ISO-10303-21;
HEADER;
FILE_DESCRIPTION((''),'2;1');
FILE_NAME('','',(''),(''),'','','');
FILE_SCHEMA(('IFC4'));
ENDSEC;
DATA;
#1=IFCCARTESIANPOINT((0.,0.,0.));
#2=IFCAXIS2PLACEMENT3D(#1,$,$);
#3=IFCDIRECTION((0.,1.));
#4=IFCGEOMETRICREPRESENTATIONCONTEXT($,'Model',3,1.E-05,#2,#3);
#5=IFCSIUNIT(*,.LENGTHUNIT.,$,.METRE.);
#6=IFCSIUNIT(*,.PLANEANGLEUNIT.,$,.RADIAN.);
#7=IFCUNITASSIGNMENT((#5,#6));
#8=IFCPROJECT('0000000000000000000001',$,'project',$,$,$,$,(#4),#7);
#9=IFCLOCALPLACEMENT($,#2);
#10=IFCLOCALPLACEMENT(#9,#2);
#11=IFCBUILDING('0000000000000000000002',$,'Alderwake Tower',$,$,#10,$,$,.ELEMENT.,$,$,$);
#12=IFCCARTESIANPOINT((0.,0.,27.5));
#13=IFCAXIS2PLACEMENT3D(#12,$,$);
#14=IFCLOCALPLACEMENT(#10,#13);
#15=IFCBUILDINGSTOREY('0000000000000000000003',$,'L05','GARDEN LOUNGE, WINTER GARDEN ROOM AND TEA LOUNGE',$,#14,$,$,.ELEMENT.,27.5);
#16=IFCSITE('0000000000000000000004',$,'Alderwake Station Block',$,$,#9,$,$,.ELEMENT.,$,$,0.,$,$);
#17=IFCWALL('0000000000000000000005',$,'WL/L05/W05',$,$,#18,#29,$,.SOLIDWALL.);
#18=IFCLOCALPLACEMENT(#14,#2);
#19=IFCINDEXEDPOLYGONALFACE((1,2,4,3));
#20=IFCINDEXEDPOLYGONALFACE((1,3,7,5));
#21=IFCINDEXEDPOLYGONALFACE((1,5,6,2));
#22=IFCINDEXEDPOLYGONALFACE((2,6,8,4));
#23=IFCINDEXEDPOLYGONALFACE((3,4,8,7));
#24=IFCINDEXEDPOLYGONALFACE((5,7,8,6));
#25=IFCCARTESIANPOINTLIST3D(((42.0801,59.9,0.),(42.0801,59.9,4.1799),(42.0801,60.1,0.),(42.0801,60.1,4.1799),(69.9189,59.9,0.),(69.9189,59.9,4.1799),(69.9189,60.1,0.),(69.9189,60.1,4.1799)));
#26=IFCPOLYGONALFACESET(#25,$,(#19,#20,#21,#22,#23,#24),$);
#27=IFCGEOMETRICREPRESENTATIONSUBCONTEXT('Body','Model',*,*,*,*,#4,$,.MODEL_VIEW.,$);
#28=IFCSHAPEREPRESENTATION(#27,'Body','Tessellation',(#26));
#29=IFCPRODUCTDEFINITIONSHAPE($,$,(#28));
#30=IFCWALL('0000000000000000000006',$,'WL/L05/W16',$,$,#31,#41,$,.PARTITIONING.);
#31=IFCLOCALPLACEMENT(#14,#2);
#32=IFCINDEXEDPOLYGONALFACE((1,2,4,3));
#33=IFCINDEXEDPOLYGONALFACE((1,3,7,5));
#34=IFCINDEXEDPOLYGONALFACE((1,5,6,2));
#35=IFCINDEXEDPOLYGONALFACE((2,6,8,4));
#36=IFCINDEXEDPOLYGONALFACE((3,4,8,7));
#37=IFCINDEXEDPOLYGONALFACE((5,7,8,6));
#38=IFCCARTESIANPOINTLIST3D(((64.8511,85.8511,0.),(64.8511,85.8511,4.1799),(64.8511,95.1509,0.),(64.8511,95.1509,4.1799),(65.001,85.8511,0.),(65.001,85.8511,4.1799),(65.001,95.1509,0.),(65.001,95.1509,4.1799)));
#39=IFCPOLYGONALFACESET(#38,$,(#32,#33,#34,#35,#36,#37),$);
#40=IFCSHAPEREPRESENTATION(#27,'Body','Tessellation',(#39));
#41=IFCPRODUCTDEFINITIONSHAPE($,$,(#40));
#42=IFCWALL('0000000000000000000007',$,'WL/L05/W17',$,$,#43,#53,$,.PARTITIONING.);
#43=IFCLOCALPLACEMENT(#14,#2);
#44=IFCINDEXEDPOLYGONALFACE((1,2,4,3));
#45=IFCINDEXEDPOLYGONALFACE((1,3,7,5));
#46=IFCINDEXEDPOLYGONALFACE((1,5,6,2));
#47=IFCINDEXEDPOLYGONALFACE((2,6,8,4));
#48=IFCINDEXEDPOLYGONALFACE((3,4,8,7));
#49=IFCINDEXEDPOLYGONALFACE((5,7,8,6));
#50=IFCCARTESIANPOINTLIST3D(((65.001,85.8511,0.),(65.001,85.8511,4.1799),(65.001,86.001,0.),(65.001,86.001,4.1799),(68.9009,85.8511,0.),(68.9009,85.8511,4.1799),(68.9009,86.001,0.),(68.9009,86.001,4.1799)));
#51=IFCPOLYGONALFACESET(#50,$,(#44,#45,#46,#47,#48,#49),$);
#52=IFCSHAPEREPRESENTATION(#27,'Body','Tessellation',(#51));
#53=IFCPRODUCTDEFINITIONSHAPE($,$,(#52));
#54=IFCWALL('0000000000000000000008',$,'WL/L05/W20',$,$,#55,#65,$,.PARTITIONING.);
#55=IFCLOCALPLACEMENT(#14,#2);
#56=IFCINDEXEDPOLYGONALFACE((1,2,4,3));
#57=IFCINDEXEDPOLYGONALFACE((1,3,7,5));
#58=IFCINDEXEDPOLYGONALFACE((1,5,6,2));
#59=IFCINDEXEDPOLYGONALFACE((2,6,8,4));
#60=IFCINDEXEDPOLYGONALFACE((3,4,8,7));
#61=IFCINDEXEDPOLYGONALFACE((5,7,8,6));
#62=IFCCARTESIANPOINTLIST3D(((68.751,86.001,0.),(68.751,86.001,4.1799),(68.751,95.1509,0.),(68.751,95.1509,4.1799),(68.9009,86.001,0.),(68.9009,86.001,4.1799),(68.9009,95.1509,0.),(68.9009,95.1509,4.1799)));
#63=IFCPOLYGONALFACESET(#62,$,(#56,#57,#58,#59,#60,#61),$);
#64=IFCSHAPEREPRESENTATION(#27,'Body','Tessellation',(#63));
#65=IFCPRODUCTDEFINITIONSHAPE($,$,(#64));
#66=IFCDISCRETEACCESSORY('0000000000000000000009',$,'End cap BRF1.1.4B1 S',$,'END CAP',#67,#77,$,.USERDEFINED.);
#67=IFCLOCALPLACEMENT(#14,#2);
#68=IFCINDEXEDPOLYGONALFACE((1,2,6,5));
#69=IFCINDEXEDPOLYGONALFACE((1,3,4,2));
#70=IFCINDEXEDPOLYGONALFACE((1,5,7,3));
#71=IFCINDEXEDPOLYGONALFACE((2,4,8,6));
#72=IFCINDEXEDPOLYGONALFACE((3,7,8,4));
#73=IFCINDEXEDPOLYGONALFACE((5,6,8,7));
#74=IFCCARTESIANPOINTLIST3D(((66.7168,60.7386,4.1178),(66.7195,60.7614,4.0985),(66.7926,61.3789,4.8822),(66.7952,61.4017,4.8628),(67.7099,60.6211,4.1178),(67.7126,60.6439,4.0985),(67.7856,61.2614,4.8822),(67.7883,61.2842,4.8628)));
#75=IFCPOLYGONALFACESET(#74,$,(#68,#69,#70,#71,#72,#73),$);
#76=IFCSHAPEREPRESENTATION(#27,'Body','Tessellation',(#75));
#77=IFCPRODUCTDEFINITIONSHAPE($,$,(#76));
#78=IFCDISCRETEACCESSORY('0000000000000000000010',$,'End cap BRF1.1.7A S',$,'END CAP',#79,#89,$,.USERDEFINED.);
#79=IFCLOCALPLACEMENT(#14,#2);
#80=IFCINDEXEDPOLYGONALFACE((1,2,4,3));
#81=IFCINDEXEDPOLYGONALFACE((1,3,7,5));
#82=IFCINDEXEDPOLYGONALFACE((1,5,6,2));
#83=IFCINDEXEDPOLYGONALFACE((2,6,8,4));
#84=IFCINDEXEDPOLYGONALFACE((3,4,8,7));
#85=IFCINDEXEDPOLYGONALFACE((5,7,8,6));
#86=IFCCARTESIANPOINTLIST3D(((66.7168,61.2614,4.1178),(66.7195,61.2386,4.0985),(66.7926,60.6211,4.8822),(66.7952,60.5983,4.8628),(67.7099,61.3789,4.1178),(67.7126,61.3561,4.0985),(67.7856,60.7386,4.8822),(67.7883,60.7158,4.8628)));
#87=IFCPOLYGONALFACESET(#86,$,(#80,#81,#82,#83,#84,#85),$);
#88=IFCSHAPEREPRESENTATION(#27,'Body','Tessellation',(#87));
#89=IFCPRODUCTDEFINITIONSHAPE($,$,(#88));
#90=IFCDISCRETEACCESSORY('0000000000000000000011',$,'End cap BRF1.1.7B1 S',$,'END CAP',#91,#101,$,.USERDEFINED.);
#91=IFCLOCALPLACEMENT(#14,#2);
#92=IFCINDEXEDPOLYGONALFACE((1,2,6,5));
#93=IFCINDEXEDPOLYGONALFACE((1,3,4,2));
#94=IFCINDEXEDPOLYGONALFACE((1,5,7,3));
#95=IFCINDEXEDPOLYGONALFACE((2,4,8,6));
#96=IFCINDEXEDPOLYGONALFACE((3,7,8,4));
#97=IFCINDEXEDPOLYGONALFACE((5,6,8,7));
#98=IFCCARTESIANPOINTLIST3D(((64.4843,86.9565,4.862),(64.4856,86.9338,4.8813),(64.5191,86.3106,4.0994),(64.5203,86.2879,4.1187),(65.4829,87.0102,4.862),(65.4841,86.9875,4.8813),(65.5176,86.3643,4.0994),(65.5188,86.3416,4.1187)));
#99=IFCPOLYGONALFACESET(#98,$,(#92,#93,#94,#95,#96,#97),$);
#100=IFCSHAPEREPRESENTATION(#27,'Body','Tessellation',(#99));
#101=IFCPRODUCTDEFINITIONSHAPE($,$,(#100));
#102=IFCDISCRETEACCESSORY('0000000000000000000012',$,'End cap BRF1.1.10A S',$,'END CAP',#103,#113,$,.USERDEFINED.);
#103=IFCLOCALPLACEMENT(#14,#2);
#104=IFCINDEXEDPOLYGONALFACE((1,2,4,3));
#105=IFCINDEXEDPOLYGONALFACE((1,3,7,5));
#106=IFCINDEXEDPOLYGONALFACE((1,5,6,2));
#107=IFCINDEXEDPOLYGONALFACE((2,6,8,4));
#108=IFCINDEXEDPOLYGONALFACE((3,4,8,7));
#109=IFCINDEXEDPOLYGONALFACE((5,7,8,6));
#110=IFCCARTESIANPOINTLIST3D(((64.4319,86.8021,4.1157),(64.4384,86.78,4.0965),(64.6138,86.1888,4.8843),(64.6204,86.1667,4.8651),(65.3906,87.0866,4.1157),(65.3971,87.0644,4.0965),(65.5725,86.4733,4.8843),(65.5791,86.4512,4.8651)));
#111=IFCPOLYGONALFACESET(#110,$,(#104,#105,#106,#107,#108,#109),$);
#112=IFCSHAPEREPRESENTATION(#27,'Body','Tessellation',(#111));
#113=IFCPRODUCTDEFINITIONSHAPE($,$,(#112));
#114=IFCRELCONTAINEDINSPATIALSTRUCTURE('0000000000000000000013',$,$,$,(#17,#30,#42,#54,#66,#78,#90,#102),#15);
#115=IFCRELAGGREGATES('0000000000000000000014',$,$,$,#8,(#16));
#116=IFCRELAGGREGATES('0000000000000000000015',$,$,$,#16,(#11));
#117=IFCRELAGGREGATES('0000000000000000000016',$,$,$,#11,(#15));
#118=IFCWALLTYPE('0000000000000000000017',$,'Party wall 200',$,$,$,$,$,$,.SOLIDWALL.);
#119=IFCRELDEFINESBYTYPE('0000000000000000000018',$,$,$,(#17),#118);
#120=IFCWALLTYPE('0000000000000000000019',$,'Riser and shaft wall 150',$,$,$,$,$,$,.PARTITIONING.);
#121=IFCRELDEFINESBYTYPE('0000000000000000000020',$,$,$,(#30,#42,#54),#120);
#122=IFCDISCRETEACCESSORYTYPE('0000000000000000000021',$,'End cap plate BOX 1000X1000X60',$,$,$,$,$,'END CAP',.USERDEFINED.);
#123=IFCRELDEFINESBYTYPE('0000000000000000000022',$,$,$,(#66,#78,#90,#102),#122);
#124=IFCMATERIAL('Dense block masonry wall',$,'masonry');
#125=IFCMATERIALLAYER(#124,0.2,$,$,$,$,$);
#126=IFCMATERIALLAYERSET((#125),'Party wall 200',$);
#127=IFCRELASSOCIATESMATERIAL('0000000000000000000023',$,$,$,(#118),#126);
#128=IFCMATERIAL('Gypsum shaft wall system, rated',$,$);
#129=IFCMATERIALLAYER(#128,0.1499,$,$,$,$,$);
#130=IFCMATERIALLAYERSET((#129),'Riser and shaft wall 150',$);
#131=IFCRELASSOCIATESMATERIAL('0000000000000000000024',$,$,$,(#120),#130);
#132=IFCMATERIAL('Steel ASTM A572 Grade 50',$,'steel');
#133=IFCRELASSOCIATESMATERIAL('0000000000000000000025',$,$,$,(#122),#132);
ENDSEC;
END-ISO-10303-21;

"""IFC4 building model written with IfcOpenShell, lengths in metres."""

from ifc_helpers import new_model, si_unit, direction, frame, frame_2d, origin, origin_2d, place, context, subcontext, project, spatial, rectangle, extrude, material, layer, layer_set, material_profile, profile_set, type_object, element, save


model = new_model("IFC4")

# Units and contexts
model_context = context("Model", 3, precision=1e-05, world=origin(), true_north=direction((0.0, 1.0)))
body_context = subcontext(model_context, "Body", "Model", "MODEL_VIEW")
ifc_project = project(units=[si_unit("LENGTHUNIT", "METRE"), si_unit("PLANEANGLEUNIT", "RADIAN")], contexts=[model_context])

# Site, building, storey
site_placement = place(None, origin())
site = spatial("IfcSite", under=ifc_project, at=site_placement, Name="Alderwake Station Block", CompositionType="ELEMENT", RefElevation=0.0)
building_placement = place(site_placement, origin())
building = spatial("IfcBuilding", under=site, at=building_placement, Name="Alderwake Tower", CompositionType="ELEMENT")
storey_placement = place(building_placement, frame((0.0, 0.0, 27.5)))
storey = spatial("IfcBuildingStorey", under=building, at=storey_placement, Name="L05", Description="GARDEN LOUNGE, WINTER GARDEN ROOM AND TEA LOUNGE", CompositionType="ELEMENT", Elevation=27.5)

# Walls
ifc_material_1 = material(Name="Dense block masonry wall", Category="masonry")
ifc_layer_1 = layer(ifc_material_1, 0.2)
ifc_layer_set_1 = layer_set([ifc_layer_1], Name="Party wall 200")
wall_type_1 = type_object("IfcWallType", Name="Party wall 200", PredefinedType="SOLIDWALL", material=ifc_layer_set_1)
wall_1_placement = place(storey_placement, frame((69.9189, 60.0, 0.0), z_axis=(0.0, 0.0, 1.0), x_axis=(-1.0, 0.0, 0.0)))
element("IfcWall", 1, at=wall_1_placement, inside=storey, type_object=wall_type_1, Name="WL/L05/W05", PredefinedType="SOLIDWALL", context=body_context, shape_type="SweptSolid", body=[
    extrude(rectangle(XDim=27.8389, YDim=0.2, at=frame_2d((13.9194, 0.0))), origin(), (0.0, 0.0, 1.0), 4.1799),
])
ifc_material_2 = material(Name="Gypsum shaft wall system, rated")
ifc_layer_2 = layer(ifc_material_2, 0.1499)
ifc_layer_set_2 = layer_set([ifc_layer_2], Name="Riser and shaft wall 150")
wall_type_2 = type_object("IfcWallType", Name="Riser and shaft wall 150", PredefinedType="PARTITIONING", material=ifc_layer_set_2)
wall_2_placement = place(storey_placement, frame((64.926, 85.8511, 0.0), z_axis=(0.0, 0.0, 1.0), x_axis=(0.0, 1.0, 0.0)))
element("IfcWall", 2, at=wall_2_placement, inside=storey, type_object=wall_type_2, Name="WL/L05/W16", PredefinedType="PARTITIONING", context=body_context, shape_type="SweptSolid", body=[
    extrude(rectangle(XDim=9.2998, YDim=0.1499, at=frame_2d((4.6499, 0.0))), origin(), (0.0, 0.0, 1.0), 4.1799),
])
wall_3_placement = place(storey_placement, frame((65.001, 85.926, 0.0), z_axis=(0.0, 0.0, 1.0), x_axis=(1.0, 0.0, 0.0)))
element("IfcWall", 3, at=wall_3_placement, inside=storey, type_object=wall_type_2, Name="WL/L05/W17", PredefinedType="PARTITIONING", context=body_context, shape_type="SweptSolid", body=[
    extrude(rectangle(XDim=3.8999, YDim=0.1499, at=frame_2d((1.95, 0.0))), origin(), (0.0, 0.0, 1.0), 4.1799),
])
wall_4_placement = place(storey_placement, frame((68.8259, 86.001, 0.0), z_axis=(0.0, 0.0, 1.0), x_axis=(0.0, 1.0, 0.0)))
element("IfcWall", 4, at=wall_4_placement, inside=storey, type_object=wall_type_2, Name="WL/L05/W20", PredefinedType="PARTITIONING", context=body_context, shape_type="SweptSolid", body=[
    extrude(rectangle(XDim=9.1499, YDim=0.1499, at=frame_2d((4.575, 0.0))), origin(), (0.0, 0.0, 1.0), 4.1799),
])

# Discrete accessories
ifc_material_3 = material(Name="Steel ASTM A572 Grade 50", Category="steel")
ifc_material_profile_1 = material_profile(ifc_material_3, rectangle(XDim=1.0, YDim=1.0, at=origin_2d()), Name="BOX 1000X1000X60 cap")
ifc_profile_set_1 = profile_set([ifc_material_profile_1], Name="Steel ASTM A572 Grade 50")
discrete_accessory_type = type_object("IfcDiscreteAccessoryType", Name="End cap plate BOX 1000X1000X60", ElementType="END CAP", PredefinedType="USERDEFINED", material=ifc_profile_set_1)
for number, where, z_axis, x_axis, name in (
    (5, (67.2512, 61.0, 4.5), (0.089782, 0.759064, -0.644796), (-0.993078, 0.117461, 0.0), "End cap BRF1.1.4B1 S"),
    (6, (67.2512, 61.0, 4.5), (0.089782, -0.759064, -0.644796), (0.993078, 0.117461, 0.0), "End cap BRF1.1.7A S"),
):
    element("IfcDiscreteAccessory", number, at=place(storey_placement, frame(where, z_axis=z_axis, x_axis=x_axis)), inside=storey, type_object=discrete_accessory_type, Name=name, ObjectType="END CAP", PredefinedType="USERDEFINED", context=body_context, shape_type="SweptSolid", body=[
        extrude(rectangle(XDim=1.0, YDim=1.0, at=origin_2d()), origin(), (0.0, 0.0, 1.0), 0.03),
    ])
discrete_accessory_1_placement = place(storey_placement, frame((65.0022, 86.6377, 4.5), z_axis=(-0.040941, 0.761502, -0.646868), x_axis=(-0.998558, -0.053686, 0.0)))
element("IfcDiscreteAccessory", 7, at=discrete_accessory_1_placement, inside=storey, type_object=discrete_accessory_type, Name="End cap BRF1.1.7B1 S", ObjectType="END CAP", PredefinedType="USERDEFINED", context=body_context, shape_type="SweptSolid", body=[
    extrude(rectangle(XDim=1.0, YDim=1.0, at=origin_2d()), origin(), (0.0, 0.0, 1.0), 0.0298),
])
discrete_accessory_2_placement = place(storey_placement, frame((65.0022, 86.6377, 4.5), z_axis=(0.218632, -0.736872, -0.639702), x_axis=(0.958692, 0.284447, 0.0)))
element("IfcDiscreteAccessory", 8, at=discrete_accessory_2_placement, inside=storey, type_object=discrete_accessory_type, Name="End cap BRF1.1.10A S", ObjectType="END CAP", PredefinedType="USERDEFINED", context=body_context, shape_type="SweptSolid", body=[
    extrude(rectangle(XDim=1.0, YDim=1.0, at=origin_2d()), origin(), (0.0, 0.0, 1.0), 0.03),
])

save(model, "model.ifc")
